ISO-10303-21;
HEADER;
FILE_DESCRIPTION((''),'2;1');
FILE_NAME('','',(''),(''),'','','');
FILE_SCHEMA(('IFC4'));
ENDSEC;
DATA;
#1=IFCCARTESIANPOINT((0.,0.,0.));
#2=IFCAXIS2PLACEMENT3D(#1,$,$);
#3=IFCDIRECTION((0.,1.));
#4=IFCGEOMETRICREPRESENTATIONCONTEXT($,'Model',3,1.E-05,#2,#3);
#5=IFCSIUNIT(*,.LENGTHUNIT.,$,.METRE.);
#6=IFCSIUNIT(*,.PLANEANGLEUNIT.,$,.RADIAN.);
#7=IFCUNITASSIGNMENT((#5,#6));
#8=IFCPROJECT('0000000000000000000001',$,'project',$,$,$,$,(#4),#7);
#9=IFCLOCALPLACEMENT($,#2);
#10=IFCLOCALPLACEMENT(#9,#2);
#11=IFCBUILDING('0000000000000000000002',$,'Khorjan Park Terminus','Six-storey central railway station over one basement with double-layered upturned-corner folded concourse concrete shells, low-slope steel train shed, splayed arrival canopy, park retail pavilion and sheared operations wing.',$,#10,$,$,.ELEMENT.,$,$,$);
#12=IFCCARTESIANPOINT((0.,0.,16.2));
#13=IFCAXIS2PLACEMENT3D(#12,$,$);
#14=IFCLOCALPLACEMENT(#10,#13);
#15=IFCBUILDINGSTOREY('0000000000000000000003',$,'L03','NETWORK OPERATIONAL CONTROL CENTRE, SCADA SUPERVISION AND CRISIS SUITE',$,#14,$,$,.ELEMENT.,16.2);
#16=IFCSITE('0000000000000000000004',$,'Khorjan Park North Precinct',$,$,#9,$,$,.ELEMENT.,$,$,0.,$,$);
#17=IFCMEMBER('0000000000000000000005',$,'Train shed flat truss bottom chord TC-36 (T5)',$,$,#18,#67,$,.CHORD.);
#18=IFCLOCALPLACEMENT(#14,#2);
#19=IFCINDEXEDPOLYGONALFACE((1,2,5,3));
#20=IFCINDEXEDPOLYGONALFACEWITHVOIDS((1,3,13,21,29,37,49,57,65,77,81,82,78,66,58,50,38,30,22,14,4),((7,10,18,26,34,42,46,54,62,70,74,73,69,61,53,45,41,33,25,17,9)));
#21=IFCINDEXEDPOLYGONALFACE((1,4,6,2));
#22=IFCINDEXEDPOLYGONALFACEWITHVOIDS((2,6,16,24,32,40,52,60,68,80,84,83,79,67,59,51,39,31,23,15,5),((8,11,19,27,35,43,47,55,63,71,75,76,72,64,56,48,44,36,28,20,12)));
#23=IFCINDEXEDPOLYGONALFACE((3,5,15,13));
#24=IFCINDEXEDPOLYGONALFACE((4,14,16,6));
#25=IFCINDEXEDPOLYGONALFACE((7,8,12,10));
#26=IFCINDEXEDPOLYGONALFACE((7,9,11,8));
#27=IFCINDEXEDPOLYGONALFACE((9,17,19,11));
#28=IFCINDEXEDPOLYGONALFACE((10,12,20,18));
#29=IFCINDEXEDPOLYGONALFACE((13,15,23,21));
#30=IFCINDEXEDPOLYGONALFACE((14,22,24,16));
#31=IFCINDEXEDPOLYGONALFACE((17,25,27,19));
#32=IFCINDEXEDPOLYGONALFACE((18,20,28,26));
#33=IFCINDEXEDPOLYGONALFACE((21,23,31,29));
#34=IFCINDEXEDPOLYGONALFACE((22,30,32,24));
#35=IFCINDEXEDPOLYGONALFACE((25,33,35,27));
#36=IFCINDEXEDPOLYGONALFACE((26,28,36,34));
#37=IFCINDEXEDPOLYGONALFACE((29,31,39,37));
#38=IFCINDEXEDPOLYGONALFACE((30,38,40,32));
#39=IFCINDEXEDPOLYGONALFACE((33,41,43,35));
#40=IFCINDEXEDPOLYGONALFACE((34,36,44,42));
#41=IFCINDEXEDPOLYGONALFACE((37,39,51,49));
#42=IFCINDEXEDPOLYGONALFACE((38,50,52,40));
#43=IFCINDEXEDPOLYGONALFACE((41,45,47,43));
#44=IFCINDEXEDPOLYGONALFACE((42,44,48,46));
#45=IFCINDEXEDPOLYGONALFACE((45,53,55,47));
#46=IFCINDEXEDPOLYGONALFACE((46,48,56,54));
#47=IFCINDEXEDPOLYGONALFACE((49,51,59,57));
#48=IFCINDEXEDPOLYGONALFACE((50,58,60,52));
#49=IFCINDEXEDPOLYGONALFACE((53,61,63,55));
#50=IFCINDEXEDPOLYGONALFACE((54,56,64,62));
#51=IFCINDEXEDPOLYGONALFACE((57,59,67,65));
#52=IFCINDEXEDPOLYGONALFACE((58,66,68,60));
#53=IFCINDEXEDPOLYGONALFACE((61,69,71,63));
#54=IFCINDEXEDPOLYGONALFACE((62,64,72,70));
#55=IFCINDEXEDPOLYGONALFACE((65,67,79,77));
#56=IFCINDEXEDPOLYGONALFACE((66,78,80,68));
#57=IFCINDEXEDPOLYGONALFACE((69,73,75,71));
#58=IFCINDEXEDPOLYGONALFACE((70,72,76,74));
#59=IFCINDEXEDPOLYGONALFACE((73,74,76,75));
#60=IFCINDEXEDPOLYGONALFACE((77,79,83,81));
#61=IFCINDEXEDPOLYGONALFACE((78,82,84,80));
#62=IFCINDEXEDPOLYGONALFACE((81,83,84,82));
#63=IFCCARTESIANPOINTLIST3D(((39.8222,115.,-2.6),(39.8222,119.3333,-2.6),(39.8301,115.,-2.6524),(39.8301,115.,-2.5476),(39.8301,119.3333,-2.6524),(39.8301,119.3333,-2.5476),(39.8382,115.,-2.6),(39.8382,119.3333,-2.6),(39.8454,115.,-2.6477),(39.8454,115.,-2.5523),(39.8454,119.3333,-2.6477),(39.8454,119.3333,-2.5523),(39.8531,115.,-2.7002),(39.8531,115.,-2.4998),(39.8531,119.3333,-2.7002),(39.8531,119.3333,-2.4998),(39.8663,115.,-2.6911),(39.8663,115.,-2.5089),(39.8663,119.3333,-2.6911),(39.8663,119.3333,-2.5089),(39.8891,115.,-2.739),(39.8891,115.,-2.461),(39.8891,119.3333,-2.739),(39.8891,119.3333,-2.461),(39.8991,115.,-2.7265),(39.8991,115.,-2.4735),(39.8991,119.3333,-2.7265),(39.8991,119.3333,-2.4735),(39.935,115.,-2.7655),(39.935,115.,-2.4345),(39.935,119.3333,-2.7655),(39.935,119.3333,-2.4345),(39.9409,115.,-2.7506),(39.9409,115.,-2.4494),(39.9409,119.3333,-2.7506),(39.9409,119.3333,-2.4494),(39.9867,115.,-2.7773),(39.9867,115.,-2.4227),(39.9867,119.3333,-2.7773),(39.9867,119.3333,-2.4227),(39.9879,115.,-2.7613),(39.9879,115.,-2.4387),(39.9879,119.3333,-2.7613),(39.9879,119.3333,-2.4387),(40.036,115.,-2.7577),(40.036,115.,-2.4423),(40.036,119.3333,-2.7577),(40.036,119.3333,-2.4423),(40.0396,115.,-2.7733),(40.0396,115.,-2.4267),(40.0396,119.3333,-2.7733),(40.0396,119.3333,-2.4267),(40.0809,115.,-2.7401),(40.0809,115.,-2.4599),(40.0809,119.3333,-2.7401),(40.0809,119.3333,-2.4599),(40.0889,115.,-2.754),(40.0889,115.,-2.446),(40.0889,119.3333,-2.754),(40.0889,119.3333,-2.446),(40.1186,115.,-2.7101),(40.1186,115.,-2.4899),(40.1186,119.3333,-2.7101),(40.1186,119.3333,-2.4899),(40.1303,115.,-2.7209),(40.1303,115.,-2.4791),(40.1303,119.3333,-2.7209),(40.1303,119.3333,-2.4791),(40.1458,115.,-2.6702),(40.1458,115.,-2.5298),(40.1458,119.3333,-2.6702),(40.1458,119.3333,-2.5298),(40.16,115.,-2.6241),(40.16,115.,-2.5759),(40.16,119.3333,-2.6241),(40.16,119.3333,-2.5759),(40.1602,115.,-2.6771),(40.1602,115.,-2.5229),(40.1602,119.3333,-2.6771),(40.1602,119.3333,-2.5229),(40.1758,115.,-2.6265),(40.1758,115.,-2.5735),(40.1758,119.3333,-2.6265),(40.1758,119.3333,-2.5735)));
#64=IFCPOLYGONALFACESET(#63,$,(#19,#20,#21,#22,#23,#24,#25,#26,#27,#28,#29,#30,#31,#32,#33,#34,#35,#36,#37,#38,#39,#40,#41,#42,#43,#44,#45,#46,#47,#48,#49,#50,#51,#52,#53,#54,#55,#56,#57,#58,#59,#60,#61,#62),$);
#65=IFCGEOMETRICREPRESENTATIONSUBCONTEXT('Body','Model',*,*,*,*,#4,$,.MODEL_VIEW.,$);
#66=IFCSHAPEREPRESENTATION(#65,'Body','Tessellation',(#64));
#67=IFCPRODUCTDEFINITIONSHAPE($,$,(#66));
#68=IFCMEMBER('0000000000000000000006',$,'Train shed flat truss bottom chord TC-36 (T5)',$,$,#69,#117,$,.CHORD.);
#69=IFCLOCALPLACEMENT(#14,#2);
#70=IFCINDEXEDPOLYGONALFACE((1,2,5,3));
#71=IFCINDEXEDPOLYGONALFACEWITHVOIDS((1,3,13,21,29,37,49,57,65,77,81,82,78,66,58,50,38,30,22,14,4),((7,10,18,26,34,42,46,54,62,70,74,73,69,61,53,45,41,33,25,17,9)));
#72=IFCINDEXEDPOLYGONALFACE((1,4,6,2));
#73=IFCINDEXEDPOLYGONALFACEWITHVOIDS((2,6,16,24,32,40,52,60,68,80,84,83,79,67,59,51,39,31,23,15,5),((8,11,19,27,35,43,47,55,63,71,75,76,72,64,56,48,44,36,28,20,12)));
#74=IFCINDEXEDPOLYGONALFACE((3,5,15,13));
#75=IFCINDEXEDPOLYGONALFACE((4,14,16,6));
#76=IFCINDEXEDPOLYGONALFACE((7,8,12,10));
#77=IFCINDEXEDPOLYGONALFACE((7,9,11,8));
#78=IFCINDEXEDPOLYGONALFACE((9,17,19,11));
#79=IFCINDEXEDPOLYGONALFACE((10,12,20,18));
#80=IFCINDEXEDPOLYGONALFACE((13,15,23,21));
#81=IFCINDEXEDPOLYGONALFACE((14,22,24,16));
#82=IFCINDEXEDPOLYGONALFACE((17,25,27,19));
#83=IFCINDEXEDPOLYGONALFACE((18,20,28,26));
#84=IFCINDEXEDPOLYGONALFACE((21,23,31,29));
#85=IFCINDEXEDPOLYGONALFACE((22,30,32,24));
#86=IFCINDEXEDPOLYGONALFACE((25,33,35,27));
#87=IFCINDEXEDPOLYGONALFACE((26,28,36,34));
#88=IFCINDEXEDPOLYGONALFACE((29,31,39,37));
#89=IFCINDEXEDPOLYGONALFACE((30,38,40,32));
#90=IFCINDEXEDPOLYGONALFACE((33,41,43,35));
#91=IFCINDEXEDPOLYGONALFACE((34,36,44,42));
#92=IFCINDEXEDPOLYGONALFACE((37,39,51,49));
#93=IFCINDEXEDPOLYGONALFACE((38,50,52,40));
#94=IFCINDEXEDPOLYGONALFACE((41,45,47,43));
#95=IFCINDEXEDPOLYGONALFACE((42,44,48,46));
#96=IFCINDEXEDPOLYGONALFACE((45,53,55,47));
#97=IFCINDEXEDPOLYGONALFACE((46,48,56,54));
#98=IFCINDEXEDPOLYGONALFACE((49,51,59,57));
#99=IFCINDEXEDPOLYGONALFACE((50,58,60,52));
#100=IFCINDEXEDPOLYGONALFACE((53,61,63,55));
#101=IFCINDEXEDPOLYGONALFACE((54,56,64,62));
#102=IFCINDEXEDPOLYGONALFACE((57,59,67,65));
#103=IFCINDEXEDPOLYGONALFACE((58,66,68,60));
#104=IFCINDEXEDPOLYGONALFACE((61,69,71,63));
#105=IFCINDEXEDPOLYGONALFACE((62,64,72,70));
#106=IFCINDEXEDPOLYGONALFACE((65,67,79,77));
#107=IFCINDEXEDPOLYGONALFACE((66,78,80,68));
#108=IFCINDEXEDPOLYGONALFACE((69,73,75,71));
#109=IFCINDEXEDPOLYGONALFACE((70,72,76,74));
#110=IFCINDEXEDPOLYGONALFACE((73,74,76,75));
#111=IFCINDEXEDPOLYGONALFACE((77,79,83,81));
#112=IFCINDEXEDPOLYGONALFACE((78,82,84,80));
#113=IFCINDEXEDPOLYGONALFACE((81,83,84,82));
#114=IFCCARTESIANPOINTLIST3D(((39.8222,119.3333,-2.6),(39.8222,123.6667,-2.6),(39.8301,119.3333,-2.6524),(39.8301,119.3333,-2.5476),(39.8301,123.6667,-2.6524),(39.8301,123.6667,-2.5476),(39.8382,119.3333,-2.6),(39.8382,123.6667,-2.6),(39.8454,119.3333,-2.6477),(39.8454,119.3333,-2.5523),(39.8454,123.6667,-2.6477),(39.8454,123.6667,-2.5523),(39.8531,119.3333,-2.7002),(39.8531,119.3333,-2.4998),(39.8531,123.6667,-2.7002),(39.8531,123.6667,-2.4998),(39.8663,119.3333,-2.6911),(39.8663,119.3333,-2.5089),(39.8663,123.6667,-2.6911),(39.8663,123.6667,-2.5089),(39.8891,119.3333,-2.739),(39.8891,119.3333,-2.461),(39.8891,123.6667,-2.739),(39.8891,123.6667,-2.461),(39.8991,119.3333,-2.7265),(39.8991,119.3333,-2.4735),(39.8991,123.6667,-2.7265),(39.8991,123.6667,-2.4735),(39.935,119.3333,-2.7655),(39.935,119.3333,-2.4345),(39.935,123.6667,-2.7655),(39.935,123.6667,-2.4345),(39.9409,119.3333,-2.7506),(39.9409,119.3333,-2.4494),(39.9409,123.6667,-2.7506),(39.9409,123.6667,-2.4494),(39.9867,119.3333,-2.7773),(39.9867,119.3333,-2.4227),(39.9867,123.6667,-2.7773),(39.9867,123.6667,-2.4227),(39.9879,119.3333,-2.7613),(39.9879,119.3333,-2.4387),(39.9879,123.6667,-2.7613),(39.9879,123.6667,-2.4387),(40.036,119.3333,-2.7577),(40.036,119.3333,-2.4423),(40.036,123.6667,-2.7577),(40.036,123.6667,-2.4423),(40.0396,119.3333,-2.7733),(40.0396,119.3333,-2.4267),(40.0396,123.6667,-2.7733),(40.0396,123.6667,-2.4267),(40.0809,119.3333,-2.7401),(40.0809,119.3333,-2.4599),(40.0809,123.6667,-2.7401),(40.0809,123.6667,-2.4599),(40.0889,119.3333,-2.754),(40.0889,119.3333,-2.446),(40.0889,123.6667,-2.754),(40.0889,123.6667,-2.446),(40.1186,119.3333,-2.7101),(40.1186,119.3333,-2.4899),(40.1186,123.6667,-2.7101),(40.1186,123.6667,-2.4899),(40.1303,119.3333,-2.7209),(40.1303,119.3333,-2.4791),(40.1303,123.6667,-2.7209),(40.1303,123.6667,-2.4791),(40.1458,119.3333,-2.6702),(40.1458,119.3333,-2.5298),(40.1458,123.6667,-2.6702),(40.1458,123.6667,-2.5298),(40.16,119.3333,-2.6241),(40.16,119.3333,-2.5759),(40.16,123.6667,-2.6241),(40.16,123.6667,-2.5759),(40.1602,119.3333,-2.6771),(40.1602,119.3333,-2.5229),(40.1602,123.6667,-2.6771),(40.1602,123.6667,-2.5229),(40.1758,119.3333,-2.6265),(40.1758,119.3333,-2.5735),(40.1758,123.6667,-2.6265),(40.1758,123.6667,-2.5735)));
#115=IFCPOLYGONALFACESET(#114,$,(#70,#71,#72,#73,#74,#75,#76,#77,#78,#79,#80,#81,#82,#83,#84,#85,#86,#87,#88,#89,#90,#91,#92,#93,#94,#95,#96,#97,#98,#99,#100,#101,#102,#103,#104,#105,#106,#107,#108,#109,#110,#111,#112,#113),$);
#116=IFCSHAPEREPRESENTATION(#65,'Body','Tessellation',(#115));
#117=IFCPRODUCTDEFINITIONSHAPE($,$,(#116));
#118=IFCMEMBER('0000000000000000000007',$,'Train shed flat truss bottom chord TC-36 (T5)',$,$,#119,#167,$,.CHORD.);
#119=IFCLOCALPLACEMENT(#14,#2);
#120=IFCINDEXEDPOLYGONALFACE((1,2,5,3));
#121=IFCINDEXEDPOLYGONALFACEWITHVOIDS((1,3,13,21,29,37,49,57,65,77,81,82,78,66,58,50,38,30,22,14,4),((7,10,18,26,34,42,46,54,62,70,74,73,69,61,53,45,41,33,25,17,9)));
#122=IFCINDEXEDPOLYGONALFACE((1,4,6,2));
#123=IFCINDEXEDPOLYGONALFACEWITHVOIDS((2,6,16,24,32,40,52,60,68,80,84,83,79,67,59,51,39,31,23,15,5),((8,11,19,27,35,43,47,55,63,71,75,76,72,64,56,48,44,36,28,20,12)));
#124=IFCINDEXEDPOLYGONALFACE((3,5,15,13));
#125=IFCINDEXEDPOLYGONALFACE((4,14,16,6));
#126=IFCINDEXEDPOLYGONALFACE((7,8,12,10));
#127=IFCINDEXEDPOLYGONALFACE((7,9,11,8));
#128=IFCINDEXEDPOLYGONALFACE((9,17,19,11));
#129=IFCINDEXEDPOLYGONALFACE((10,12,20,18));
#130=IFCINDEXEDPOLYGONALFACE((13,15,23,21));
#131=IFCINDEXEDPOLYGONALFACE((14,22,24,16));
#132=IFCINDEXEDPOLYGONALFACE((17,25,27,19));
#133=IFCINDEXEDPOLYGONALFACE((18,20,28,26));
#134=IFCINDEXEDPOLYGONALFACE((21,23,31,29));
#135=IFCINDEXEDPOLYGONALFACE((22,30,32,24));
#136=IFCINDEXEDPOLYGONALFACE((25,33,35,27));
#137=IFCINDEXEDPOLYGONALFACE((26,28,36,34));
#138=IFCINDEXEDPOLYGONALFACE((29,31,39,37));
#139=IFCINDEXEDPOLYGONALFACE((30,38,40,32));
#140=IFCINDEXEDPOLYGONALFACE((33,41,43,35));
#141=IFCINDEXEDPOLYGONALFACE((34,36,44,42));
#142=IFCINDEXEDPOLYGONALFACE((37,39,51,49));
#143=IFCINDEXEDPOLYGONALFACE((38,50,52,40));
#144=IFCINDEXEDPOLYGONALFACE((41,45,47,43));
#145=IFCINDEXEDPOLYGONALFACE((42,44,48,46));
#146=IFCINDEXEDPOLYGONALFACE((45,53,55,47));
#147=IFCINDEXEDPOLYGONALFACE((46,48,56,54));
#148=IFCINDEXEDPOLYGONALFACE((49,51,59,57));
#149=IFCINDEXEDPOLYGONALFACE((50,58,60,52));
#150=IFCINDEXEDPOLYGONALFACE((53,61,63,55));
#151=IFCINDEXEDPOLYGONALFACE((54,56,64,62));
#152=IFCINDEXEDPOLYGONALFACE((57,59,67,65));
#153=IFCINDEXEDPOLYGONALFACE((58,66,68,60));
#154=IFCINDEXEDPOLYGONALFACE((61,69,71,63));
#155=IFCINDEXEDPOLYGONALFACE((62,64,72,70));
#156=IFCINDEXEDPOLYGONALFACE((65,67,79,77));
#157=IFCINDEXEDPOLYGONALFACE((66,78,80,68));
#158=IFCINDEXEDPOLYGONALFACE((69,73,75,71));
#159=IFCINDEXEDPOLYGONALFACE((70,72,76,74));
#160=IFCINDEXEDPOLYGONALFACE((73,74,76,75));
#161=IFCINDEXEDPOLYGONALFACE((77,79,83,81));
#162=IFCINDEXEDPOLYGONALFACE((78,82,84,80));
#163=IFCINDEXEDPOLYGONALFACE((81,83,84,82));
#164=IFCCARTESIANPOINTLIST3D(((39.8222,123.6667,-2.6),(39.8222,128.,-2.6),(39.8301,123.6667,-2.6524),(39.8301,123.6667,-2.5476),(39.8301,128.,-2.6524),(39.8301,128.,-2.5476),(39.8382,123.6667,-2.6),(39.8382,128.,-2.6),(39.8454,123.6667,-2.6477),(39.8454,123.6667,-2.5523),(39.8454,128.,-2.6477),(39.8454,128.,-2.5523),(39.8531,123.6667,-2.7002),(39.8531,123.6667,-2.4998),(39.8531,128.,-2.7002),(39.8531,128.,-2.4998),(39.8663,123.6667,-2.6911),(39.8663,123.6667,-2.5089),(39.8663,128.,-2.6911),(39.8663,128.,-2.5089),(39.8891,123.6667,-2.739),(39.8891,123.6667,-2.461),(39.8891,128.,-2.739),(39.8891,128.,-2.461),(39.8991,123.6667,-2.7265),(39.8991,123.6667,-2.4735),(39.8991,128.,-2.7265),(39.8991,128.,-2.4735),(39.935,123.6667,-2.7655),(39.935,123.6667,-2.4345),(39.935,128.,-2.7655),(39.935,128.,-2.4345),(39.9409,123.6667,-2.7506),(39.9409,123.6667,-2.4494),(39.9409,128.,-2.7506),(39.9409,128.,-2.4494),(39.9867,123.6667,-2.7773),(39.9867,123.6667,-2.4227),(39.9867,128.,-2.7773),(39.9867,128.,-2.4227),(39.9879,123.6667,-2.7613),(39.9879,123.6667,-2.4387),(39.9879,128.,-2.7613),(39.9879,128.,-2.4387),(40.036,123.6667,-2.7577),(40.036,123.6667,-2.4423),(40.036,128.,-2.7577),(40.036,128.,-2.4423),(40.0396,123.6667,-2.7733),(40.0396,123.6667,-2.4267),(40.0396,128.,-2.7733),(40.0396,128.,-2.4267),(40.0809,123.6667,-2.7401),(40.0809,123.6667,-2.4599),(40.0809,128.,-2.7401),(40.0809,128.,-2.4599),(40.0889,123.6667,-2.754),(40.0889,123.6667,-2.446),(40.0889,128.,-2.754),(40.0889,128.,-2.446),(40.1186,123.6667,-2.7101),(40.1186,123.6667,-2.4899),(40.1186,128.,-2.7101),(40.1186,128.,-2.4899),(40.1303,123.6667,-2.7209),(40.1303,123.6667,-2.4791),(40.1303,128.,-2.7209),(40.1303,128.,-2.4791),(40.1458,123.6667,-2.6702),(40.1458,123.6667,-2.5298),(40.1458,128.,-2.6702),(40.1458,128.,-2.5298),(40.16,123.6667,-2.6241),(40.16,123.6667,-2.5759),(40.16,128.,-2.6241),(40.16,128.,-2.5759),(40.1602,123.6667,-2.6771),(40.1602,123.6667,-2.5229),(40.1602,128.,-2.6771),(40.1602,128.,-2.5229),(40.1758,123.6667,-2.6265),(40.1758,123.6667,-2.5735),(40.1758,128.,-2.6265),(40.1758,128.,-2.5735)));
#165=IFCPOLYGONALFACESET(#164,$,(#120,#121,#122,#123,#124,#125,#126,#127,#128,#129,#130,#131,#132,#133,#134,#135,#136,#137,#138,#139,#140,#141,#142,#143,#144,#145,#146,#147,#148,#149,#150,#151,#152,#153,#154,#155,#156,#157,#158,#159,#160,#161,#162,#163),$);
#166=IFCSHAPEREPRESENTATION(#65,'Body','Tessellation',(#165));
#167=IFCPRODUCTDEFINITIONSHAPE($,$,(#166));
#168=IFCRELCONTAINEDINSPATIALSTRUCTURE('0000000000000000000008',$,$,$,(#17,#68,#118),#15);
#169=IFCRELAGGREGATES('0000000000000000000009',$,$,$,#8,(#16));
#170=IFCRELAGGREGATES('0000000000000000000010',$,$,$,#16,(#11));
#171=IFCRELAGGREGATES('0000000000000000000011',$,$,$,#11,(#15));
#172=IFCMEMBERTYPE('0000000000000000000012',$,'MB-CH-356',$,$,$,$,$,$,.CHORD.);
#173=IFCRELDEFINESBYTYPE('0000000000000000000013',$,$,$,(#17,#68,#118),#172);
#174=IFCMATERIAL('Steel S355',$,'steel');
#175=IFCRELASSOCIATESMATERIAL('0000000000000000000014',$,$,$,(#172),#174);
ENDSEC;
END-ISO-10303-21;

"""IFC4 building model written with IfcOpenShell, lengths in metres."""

from ifc_helpers import new_model, si_unit, direction, frame, origin, origin_2d, place, context, subcontext, project, spatial, hollow_circle, extrude, material, material_profile, profile_set, type_object, element, save


model = new_model("IFC4")

# Units and contexts
model_context = context("Model", 3, precision=1e-05, world=origin(), true_north=direction((0.0, 1.0)))
body_context = subcontext(model_context, "Body", "Model", "MODEL_VIEW")
ifc_project = project(units=[si_unit("LENGTHUNIT", "METRE"), si_unit("PLANEANGLEUNIT", "RADIAN")], contexts=[model_context])

# Site, building, storey
site_placement = place(None, origin())
site = spatial("IfcSite", under=ifc_project, at=site_placement, Name="Khorjan Park North Precinct", CompositionType="ELEMENT", RefElevation=0.0)
building_placement = place(site_placement, origin())
building = spatial("IfcBuilding", under=site, at=building_placement, Name="Khorjan Park Terminus", Description="Six-storey central railway station over one basement with double-layered upturned-corner folded concourse concrete shells, low-slope steel train shed, splayed arrival canopy, park retail pavilion and sheared operations wing.", CompositionType="ELEMENT")
storey_placement = place(building_placement, frame((0.0, 0.0, 16.2)))
storey = spatial("IfcBuildingStorey", under=building, at=storey_placement, Name="L03", Description="NETWORK OPERATIONAL CONTROL CENTRE, SCADA SUPERVISION AND CRISIS SUITE", CompositionType="ELEMENT", Elevation=16.2)

# Members
ifc_material = material(Name="Steel S355", Category="steel")
ifc_material_profile_1 = material_profile(ifc_material, hollow_circle(Radius=0.1778, WallThickness=0.016, at=origin_2d()), Name="CHS 355.6x16")
ifc_profile_set_1 = profile_set([ifc_material_profile_1], Name="Steel S355")
member_type_1 = type_object("IfcMemberType", Name="MB-CH-356", PredefinedType="CHORD", material=ifc_profile_set_1)
member_1_placement = place(storey_placement, frame((40.0, 115.0, -2.6), z_axis=(0.0, 1.0, 0.0), x_axis=(-1.0, 0.0, 0.0)))
element("IfcMember", 1, at=member_1_placement, inside=storey, type_object=member_type_1, Name="Train shed flat truss bottom chord TC-36 (T5)", PredefinedType="CHORD", context=body_context, shape_type="SweptSolid", body=[
    extrude(hollow_circle(Radius=0.1778, WallThickness=0.016, at=origin_2d()), origin(), (0.0, 0.0, 1.0), 4.3333),
])
member_2_placement = place(storey_placement, frame((40.0, 119.3333, -2.6), z_axis=(0.0, 1.0, 0.0), x_axis=(-1.0, 0.0, 0.0)))
element("IfcMember", 2, at=member_2_placement, inside=storey, type_object=member_type_1, Name="Train shed flat truss bottom chord TC-36 (T5)", PredefinedType="CHORD", context=body_context, shape_type="SweptSolid", body=[
    extrude(hollow_circle(Radius=0.1778, WallThickness=0.016, at=origin_2d()), origin(), (0.0, 0.0, 1.0), 4.3334),
])
member_3_placement = place(storey_placement, frame((40.0, 123.6667, -2.6), z_axis=(0.0, 1.0, 0.0), x_axis=(-1.0, 0.0, 0.0)))
element("IfcMember", 3, at=member_3_placement, inside=storey, type_object=member_type_1, Name="Train shed flat truss bottom chord TC-36 (T5)", PredefinedType="CHORD", context=body_context, shape_type="SweptSolid", body=[
    extrude(hollow_circle(Radius=0.1778, WallThickness=0.016, at=origin_2d()), origin(), (0.0, 0.0, 1.0), 4.3333),
])

save(model, "model.ifc")
